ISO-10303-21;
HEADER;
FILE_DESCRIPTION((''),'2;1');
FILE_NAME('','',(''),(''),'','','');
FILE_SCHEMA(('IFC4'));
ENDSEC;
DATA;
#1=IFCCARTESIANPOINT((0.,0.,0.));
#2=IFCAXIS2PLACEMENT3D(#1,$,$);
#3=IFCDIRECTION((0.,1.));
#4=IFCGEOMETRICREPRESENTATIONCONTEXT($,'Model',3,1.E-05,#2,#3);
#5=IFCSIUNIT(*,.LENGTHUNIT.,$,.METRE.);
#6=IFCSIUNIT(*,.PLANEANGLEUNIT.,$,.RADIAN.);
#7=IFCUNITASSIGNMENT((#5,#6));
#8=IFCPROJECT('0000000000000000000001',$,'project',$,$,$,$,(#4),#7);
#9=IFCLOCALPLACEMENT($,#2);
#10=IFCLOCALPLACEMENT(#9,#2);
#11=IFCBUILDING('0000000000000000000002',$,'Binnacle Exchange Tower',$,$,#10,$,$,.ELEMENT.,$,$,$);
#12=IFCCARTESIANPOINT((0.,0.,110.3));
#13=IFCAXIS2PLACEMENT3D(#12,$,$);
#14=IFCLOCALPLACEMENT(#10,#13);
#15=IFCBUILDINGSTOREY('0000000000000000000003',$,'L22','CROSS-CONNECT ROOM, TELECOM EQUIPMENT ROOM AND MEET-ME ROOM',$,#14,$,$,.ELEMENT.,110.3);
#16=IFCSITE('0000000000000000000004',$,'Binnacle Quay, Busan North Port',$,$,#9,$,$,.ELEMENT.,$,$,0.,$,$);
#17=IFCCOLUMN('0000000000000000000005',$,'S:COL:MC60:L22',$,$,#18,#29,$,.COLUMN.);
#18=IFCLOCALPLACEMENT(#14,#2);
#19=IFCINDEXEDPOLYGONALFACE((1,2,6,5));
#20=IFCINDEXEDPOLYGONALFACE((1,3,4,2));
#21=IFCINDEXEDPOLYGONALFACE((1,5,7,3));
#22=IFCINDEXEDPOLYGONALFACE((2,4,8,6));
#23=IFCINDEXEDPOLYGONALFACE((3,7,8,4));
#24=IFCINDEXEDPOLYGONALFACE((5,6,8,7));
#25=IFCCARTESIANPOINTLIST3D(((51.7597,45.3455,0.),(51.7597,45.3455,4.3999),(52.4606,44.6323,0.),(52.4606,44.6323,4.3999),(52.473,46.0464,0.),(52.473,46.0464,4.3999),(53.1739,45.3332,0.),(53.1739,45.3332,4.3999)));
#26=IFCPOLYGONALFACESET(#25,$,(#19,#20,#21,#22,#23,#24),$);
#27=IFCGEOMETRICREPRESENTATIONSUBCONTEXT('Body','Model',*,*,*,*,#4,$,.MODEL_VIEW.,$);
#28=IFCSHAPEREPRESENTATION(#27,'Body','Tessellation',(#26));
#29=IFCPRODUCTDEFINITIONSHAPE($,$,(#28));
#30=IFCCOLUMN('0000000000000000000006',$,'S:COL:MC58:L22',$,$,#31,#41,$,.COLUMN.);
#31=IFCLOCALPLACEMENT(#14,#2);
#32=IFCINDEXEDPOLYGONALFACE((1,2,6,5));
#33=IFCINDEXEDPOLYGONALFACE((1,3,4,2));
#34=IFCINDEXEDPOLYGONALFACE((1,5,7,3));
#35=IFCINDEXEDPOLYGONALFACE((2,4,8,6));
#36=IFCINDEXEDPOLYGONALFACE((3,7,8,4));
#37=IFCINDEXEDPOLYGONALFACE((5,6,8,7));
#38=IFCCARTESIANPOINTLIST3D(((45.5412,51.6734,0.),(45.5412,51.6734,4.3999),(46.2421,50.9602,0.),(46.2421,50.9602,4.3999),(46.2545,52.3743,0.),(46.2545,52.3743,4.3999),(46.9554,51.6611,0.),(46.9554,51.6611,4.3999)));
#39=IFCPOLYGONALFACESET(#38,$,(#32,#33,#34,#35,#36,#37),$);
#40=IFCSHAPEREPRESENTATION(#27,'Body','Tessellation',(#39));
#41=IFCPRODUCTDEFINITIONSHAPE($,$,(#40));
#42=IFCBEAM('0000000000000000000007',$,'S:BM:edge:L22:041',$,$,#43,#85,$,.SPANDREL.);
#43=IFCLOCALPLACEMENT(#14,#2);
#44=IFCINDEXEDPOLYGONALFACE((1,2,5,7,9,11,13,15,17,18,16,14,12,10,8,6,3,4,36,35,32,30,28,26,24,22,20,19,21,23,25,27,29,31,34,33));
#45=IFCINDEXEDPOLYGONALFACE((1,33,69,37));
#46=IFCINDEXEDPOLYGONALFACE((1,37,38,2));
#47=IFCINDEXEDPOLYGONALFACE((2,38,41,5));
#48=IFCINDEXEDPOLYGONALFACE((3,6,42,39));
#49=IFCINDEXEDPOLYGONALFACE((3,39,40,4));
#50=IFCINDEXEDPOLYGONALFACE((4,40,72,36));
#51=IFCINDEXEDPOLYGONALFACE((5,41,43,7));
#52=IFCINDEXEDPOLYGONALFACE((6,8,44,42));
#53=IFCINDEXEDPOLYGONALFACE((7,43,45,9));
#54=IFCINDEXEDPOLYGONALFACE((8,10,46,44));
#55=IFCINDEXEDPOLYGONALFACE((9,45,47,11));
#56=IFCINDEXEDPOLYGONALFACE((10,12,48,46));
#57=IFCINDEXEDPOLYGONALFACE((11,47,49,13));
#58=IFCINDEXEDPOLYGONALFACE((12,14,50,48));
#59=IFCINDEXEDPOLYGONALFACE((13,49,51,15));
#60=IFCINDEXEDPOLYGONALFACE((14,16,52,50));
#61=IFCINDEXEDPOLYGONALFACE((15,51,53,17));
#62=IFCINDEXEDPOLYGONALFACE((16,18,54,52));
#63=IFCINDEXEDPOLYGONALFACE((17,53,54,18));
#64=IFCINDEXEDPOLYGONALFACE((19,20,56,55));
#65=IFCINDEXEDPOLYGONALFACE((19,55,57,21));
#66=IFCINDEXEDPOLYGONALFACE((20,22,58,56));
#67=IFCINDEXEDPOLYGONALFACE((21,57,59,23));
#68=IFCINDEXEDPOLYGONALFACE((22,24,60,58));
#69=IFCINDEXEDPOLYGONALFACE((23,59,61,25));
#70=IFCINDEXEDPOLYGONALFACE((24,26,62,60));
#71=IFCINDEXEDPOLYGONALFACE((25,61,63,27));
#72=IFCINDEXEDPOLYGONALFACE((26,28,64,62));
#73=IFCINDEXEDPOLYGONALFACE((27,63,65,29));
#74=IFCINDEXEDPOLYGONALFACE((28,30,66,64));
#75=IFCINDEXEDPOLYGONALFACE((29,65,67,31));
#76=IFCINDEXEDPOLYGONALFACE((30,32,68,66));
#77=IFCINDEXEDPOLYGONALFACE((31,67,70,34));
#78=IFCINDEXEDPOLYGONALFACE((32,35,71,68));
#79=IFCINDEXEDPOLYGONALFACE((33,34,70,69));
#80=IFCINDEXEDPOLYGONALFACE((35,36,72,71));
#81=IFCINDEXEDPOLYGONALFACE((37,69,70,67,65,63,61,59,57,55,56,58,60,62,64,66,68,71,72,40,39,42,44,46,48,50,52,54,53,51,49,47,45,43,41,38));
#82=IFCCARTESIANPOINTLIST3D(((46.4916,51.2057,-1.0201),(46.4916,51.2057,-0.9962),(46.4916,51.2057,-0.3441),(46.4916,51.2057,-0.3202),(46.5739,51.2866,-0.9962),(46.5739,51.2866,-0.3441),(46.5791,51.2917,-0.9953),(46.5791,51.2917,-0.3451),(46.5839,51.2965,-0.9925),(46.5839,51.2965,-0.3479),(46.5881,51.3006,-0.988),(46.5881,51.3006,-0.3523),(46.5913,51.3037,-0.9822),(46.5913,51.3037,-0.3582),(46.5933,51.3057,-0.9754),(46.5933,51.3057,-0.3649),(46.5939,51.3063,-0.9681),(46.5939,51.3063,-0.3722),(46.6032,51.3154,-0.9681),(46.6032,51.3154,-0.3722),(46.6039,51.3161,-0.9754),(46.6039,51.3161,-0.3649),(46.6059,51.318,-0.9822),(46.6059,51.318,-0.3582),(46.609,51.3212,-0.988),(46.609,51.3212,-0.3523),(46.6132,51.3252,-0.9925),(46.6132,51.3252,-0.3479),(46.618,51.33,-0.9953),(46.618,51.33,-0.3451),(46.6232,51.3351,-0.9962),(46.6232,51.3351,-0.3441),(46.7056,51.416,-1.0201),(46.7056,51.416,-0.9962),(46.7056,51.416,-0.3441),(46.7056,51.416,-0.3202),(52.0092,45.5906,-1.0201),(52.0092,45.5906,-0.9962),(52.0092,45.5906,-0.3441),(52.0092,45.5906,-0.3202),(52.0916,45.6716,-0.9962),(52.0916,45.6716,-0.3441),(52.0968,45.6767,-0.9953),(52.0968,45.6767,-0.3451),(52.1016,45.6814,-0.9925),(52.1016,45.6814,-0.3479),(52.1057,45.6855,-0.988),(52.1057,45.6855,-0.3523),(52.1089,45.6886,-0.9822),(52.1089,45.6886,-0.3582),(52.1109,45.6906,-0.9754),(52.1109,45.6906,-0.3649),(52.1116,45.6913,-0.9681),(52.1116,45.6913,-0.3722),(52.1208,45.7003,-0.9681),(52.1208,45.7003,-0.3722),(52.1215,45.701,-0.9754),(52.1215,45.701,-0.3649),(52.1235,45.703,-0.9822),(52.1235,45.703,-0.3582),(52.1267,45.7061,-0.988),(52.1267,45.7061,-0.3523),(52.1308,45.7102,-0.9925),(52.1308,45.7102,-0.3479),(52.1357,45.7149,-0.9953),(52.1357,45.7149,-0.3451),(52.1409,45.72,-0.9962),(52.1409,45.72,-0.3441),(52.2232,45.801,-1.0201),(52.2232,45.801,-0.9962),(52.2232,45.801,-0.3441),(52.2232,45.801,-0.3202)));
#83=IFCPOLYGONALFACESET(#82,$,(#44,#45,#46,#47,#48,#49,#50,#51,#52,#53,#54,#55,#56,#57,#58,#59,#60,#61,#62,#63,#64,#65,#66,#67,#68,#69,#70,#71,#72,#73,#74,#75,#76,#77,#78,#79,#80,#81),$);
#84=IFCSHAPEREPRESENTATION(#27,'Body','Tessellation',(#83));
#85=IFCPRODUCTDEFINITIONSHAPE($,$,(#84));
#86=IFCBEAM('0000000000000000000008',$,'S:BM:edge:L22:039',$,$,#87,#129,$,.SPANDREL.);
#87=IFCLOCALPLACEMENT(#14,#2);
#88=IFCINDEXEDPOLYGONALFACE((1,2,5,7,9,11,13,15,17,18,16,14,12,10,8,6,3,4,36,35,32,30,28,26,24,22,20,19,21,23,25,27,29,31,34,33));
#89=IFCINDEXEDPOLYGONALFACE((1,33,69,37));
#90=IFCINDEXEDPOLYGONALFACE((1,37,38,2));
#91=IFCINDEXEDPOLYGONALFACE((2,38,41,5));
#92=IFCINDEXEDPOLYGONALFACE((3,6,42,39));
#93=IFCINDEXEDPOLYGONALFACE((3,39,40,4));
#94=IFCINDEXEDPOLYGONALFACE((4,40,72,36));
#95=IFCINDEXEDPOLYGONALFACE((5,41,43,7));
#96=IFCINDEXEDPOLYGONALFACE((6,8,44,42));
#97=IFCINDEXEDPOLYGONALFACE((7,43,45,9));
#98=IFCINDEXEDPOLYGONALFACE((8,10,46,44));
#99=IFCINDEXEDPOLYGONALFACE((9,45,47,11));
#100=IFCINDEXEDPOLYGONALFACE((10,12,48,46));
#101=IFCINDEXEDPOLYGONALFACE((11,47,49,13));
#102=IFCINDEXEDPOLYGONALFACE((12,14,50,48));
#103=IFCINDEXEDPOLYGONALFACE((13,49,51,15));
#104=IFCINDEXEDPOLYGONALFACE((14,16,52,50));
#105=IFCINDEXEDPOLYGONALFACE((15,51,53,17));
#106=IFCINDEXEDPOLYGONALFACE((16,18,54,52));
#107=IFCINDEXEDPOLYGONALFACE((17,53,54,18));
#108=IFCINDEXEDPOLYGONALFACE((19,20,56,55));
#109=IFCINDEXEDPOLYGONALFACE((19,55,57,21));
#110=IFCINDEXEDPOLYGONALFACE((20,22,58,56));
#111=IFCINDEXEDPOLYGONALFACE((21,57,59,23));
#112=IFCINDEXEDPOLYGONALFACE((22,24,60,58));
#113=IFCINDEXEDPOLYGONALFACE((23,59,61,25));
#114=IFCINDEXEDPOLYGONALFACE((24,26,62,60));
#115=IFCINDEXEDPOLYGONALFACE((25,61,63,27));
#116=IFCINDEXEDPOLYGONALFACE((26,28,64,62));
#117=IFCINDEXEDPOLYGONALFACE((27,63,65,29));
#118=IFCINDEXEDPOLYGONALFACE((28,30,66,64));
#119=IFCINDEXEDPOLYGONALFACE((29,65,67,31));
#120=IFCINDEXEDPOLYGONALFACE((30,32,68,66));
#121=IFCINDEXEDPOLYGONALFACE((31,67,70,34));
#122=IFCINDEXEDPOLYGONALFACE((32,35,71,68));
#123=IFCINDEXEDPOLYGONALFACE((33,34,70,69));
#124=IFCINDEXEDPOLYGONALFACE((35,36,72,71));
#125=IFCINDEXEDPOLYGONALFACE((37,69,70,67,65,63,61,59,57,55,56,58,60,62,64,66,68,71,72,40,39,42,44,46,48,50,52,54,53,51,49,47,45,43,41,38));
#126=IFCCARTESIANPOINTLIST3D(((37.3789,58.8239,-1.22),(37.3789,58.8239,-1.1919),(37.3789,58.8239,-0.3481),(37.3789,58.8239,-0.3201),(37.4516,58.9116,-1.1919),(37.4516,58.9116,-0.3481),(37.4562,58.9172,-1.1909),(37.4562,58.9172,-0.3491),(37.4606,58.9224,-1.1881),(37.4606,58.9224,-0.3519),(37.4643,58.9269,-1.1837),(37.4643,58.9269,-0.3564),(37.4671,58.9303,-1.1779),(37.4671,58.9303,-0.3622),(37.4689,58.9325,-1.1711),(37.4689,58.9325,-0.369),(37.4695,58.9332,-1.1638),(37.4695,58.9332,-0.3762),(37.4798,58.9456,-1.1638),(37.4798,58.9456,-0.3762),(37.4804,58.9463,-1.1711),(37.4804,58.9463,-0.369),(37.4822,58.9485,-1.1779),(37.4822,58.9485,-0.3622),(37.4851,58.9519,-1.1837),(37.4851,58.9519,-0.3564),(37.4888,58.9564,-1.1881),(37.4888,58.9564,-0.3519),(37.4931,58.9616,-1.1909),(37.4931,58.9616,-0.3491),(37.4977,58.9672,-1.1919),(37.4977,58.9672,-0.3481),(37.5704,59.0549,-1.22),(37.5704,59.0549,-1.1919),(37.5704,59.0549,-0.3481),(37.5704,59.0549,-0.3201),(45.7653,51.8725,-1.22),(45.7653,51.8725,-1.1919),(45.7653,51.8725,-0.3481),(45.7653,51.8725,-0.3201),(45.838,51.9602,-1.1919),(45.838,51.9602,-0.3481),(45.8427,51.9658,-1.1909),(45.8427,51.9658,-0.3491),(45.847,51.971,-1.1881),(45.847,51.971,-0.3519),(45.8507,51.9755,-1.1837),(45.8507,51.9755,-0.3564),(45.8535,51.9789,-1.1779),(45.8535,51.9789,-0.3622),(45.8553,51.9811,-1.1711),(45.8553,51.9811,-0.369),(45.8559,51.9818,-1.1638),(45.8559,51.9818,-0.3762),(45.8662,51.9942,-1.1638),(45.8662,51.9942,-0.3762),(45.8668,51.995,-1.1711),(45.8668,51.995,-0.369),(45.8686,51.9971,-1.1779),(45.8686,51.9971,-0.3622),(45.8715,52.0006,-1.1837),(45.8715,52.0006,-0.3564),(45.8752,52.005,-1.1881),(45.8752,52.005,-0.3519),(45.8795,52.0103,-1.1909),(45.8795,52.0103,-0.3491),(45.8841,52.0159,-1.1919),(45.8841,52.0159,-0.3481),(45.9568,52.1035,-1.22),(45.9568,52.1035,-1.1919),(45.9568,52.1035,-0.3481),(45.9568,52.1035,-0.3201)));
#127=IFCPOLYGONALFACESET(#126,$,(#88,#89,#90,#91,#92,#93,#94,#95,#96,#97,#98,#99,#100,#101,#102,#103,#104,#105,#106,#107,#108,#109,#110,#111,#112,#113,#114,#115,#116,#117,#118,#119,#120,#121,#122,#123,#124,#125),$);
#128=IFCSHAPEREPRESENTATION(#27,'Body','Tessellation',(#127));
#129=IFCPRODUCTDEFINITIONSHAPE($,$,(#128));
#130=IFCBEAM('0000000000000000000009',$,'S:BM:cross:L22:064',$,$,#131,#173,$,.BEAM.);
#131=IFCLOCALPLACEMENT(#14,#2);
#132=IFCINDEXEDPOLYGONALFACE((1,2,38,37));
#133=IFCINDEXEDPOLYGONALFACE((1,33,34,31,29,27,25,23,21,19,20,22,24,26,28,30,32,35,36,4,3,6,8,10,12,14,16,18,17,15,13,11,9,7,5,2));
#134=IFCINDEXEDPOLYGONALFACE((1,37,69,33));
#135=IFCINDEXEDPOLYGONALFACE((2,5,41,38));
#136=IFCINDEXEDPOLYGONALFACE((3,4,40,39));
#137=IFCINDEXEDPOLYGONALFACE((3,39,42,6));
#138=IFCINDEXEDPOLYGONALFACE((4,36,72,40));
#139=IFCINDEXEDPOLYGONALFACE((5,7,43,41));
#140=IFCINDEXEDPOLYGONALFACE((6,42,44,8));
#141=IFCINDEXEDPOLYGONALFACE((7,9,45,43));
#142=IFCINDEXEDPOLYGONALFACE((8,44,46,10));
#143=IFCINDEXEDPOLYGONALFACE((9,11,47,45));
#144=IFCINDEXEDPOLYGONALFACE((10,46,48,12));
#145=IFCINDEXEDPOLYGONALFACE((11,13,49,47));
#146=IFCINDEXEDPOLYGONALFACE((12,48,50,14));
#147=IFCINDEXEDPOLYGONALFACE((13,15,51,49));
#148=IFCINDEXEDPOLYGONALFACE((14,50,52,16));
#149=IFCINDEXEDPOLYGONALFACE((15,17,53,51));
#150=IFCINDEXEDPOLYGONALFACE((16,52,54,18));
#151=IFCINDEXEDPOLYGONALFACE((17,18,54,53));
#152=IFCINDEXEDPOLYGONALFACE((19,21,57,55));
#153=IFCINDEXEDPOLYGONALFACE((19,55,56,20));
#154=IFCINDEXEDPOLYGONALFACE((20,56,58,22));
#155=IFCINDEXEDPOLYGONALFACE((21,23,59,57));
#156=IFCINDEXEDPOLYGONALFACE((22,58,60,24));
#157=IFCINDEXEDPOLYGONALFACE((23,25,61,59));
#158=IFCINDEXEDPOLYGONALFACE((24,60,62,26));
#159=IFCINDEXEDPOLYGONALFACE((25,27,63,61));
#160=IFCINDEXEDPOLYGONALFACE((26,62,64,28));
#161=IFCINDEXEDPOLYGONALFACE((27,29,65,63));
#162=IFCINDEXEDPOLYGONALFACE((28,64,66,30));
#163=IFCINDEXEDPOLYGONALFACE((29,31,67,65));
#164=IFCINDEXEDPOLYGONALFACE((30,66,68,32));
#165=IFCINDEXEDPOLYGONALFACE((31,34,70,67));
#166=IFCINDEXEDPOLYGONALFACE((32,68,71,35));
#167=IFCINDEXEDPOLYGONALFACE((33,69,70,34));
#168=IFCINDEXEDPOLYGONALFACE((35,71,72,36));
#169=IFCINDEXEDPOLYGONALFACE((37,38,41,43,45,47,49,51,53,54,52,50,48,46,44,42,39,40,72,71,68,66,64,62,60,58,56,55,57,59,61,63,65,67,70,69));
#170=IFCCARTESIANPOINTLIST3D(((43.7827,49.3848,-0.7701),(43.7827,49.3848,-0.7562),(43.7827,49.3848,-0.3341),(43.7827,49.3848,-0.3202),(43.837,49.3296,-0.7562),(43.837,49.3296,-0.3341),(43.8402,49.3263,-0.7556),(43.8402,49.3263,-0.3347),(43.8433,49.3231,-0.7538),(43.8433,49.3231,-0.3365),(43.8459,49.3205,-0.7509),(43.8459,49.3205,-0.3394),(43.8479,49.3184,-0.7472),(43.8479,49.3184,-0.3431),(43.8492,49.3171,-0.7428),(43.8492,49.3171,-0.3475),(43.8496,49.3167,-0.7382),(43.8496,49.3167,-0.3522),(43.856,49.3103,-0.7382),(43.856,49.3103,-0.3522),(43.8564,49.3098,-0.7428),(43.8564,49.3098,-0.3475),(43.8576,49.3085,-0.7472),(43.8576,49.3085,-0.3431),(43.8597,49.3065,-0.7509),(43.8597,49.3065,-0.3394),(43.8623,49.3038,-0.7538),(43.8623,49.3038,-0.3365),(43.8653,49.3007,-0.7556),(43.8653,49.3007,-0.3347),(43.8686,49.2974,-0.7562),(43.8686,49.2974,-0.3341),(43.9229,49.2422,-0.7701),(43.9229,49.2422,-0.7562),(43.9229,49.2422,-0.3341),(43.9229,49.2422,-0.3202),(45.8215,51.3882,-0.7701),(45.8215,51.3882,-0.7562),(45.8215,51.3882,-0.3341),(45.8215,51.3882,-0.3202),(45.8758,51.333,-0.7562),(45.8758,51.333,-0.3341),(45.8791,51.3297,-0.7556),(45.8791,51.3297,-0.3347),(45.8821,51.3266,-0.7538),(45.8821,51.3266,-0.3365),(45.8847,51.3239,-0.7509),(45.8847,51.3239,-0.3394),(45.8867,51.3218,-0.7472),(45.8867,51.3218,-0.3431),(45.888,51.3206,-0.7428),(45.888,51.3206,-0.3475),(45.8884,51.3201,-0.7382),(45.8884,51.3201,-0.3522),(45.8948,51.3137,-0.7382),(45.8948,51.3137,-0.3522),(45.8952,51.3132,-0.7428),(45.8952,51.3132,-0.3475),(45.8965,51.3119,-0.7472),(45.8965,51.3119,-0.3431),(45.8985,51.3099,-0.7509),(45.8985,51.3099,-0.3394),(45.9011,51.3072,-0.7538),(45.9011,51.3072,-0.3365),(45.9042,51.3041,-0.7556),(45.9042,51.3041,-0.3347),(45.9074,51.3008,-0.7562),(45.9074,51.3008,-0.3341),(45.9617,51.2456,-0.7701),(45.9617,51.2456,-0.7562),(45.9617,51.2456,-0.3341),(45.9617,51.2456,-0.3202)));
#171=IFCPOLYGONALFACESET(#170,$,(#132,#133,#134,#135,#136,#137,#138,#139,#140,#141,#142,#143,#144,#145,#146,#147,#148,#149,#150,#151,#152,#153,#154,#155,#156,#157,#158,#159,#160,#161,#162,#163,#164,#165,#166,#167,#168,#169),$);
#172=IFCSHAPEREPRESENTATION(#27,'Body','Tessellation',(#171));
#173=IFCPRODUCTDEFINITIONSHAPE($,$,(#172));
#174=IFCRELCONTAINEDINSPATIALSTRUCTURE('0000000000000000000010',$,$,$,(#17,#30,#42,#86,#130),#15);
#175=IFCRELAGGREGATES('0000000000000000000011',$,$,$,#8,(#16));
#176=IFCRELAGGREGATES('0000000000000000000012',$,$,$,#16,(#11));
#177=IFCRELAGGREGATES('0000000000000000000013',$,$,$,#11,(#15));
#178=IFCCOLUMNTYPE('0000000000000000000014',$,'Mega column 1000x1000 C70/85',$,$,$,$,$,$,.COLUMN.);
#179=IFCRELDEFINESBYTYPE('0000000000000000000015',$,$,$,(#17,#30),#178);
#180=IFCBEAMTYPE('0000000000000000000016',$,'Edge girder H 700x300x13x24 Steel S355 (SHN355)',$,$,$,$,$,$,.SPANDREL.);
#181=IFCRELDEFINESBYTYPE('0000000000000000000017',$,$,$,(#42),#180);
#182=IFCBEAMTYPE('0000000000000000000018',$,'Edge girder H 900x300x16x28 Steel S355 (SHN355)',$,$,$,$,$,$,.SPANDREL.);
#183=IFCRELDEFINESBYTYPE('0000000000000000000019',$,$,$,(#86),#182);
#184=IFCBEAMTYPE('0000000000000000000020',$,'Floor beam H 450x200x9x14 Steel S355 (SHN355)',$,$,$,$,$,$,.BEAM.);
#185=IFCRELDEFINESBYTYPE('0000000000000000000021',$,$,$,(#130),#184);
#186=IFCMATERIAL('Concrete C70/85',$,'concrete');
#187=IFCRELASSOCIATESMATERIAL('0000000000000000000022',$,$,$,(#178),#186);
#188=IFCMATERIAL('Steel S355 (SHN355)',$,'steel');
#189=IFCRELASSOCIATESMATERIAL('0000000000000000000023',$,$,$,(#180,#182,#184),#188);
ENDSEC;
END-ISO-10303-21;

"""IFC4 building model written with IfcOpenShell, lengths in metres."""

from ifc_helpers import new_model, si_unit, direction, frame, origin, origin_2d, place, context, subcontext, project, spatial, rectangle, i_section, extrude, material, material_profile, profile_set, type_object, element, save


model = new_model("IFC4")

# Units and contexts
model_context = context("Model", 3, precision=1e-05, world=origin(), true_north=direction((0.0, 1.0)))
body_context = subcontext(model_context, "Body", "Model", "MODEL_VIEW")
ifc_project = project(units=[si_unit("LENGTHUNIT", "METRE"), si_unit("PLANEANGLEUNIT", "RADIAN")], contexts=[model_context])

# Site, building, storey
site_placement = place(None, origin())
site = spatial("IfcSite", under=ifc_project, at=site_placement, Name="Binnacle Quay, Busan North Port", CompositionType="ELEMENT", RefElevation=0.0)
building_placement = place(site_placement, origin())
building = spatial("IfcBuilding", under=site, at=building_placement, Name="Binnacle Exchange Tower", CompositionType="ELEMENT")
storey_placement = place(building_placement, frame((0.0, 0.0, 110.3)))
storey = spatial("IfcBuildingStorey", under=building, at=storey_placement, Name="L22", Description="CROSS-CONNECT ROOM, TELECOM EQUIPMENT ROOM AND MEET-ME ROOM", CompositionType="ELEMENT", Elevation=110.3)

# Columns
ifc_material_1 = material(Name="Concrete C70/85", Category="concrete")
ifc_material_profile_1 = material_profile(ifc_material_1, rectangle(XDim=1.0, YDim=1.0, at=origin_2d()), Name="Mega column 1000x1000 C70/85")
ifc_profile_set_1 = profile_set([ifc_material_profile_1], Name="Concrete C70/85")
column_type = type_object("IfcColumnType", Name="Mega column 1000x1000 C70/85", PredefinedType="COLUMN", material=ifc_profile_set_1)
for number, where, z_axis, x_axis, name in (
    (1, (52.4668, 45.3394, 0.0), (0.0, 0.0, 1.0), (-0.700909, 0.71325, 0.0), "S:COL:MC60:L22"),
    (2, (46.2483, 51.6672, 0.0), (0.0, 0.0, 1.0), (-0.700909, 0.71325, 0.0), "S:COL:MC58:L22"),
):
    element("IfcColumn", number, at=place(storey_placement, frame(where, z_axis=z_axis, x_axis=x_axis)), inside=storey, type_object=column_type, Name=name, PredefinedType="COLUMN", context=body_context, shape_type="SweptSolid", body=[
        extrude(rectangle(XDim=1.0, YDim=1.0, at=origin_2d()), origin(), (0.0, 0.0, 1.0), 4.3999),
    ])

# Beams
ifc_material_2 = material(Name="Steel S355 (SHN355)", Category="steel")
ifc_material_profile_2 = material_profile(ifc_material_2, i_section(OverallWidth=0.3, OverallDepth=0.7, WebThickness=0.0129, FlangeThickness=0.0239, FilletRadius=0.0281, at=origin_2d()), Name="H 700x300x13x24")
ifc_profile_set_2 = profile_set([ifc_material_profile_2], Name="Steel S355 (SHN355)")
beam_type_1 = type_object("IfcBeamType", Name="Edge girder H 700x300x13x24 Steel S355 (SHN355)", PredefinedType="SPANDREL", material=ifc_profile_set_2)
beam_1_placement = place(storey_placement, frame((52.1162, 45.6958, -0.6702), z_axis=(-0.700893, 0.713267, 0.0), x_axis=(-0.713267, -0.700893, 0.0)))
element("IfcBeam", 3, at=beam_1_placement, inside=storey, type_object=beam_type_1, Name="S:BM:edge:L22:041", PredefinedType="SPANDREL", context=body_context, shape_type="SweptSolid", body=[
    extrude(i_section(OverallWidth=0.3, OverallDepth=0.7, WebThickness=0.0129, FlangeThickness=0.0239, FilletRadius=0.0281, at=origin_2d()), origin(), (0.0, 0.0, 1.0), 7.8723),
])
ifc_material_profile_3 = material_profile(ifc_material_2, i_section(OverallWidth=0.3, OverallDepth=0.8999, WebThickness=0.0161, FlangeThickness=0.0281, FilletRadius=0.0281, at=origin_2d()), Name="H 900x300x16x28")
ifc_profile_set_3 = profile_set([ifc_material_profile_3], Name="Steel S355 (SHN355)")
beam_type_2 = type_object("IfcBeamType", Name="Edge girder H 900x300x16x28 Steel S355 (SHN355)", PredefinedType="SPANDREL", material=ifc_profile_set_3)
beam_2_placement = place(storey_placement, frame((45.8611, 51.988, -0.77), z_axis=(-0.769903, 0.638161, 0.0), x_axis=(-0.638161, -0.769903, 0.0)))
element("IfcBeam", 4, at=beam_2_placement, inside=storey, type_object=beam_type_2, Name="S:BM:edge:L22:039", PredefinedType="SPANDREL", context=body_context, shape_type="SweptSolid", body=[
    extrude(i_section(OverallWidth=0.3, OverallDepth=0.8999, WebThickness=0.0161, FlangeThickness=0.0281, FilletRadius=0.0281, at=origin_2d()), origin(), (0.0, 0.0, 1.0), 10.8928),
])
ifc_material_profile_4 = material_profile(ifc_material_2, i_section(OverallWidth=0.2, OverallDepth=0.45, WebThickness=0.009, FlangeThickness=0.0139, FilletRadius=0.0181, at=origin_2d()), Name="H 450x200x9x14")
ifc_profile_set_4 = profile_set([ifc_material_profile_4], Name="Steel S355 (SHN355)")
beam_type_3 = type_object("IfcBeamType", Name="Floor beam H 450x200x9x14 Steel S355 (SHN355)", PredefinedType="BEAM", material=ifc_profile_set_4)
for number, where, z_axis, x_axis, name in (
    (5, (45.8916, 51.3169, -0.5452), (-0.713272, -0.700887, 0.0), (0.700887, -0.713272, 0.0), "S:BM:cross:L22:064"),
):
    element("IfcBeam", number, at=place(storey_placement, frame(where, z_axis=z_axis, x_axis=x_axis)), inside=storey, type_object=beam_type_3, Name=name, PredefinedType="BEAM", context=body_context, shape_type="SweptSolid", body=[
        extrude(i_section(OverallWidth=0.2, OverallDepth=0.45, WebThickness=0.009, FlangeThickness=0.0139, FilletRadius=0.0181, at=origin_2d()), origin(), (0.0, 0.0, 1.0), 2.8584),
    ])

save(model, "model.ifc")
